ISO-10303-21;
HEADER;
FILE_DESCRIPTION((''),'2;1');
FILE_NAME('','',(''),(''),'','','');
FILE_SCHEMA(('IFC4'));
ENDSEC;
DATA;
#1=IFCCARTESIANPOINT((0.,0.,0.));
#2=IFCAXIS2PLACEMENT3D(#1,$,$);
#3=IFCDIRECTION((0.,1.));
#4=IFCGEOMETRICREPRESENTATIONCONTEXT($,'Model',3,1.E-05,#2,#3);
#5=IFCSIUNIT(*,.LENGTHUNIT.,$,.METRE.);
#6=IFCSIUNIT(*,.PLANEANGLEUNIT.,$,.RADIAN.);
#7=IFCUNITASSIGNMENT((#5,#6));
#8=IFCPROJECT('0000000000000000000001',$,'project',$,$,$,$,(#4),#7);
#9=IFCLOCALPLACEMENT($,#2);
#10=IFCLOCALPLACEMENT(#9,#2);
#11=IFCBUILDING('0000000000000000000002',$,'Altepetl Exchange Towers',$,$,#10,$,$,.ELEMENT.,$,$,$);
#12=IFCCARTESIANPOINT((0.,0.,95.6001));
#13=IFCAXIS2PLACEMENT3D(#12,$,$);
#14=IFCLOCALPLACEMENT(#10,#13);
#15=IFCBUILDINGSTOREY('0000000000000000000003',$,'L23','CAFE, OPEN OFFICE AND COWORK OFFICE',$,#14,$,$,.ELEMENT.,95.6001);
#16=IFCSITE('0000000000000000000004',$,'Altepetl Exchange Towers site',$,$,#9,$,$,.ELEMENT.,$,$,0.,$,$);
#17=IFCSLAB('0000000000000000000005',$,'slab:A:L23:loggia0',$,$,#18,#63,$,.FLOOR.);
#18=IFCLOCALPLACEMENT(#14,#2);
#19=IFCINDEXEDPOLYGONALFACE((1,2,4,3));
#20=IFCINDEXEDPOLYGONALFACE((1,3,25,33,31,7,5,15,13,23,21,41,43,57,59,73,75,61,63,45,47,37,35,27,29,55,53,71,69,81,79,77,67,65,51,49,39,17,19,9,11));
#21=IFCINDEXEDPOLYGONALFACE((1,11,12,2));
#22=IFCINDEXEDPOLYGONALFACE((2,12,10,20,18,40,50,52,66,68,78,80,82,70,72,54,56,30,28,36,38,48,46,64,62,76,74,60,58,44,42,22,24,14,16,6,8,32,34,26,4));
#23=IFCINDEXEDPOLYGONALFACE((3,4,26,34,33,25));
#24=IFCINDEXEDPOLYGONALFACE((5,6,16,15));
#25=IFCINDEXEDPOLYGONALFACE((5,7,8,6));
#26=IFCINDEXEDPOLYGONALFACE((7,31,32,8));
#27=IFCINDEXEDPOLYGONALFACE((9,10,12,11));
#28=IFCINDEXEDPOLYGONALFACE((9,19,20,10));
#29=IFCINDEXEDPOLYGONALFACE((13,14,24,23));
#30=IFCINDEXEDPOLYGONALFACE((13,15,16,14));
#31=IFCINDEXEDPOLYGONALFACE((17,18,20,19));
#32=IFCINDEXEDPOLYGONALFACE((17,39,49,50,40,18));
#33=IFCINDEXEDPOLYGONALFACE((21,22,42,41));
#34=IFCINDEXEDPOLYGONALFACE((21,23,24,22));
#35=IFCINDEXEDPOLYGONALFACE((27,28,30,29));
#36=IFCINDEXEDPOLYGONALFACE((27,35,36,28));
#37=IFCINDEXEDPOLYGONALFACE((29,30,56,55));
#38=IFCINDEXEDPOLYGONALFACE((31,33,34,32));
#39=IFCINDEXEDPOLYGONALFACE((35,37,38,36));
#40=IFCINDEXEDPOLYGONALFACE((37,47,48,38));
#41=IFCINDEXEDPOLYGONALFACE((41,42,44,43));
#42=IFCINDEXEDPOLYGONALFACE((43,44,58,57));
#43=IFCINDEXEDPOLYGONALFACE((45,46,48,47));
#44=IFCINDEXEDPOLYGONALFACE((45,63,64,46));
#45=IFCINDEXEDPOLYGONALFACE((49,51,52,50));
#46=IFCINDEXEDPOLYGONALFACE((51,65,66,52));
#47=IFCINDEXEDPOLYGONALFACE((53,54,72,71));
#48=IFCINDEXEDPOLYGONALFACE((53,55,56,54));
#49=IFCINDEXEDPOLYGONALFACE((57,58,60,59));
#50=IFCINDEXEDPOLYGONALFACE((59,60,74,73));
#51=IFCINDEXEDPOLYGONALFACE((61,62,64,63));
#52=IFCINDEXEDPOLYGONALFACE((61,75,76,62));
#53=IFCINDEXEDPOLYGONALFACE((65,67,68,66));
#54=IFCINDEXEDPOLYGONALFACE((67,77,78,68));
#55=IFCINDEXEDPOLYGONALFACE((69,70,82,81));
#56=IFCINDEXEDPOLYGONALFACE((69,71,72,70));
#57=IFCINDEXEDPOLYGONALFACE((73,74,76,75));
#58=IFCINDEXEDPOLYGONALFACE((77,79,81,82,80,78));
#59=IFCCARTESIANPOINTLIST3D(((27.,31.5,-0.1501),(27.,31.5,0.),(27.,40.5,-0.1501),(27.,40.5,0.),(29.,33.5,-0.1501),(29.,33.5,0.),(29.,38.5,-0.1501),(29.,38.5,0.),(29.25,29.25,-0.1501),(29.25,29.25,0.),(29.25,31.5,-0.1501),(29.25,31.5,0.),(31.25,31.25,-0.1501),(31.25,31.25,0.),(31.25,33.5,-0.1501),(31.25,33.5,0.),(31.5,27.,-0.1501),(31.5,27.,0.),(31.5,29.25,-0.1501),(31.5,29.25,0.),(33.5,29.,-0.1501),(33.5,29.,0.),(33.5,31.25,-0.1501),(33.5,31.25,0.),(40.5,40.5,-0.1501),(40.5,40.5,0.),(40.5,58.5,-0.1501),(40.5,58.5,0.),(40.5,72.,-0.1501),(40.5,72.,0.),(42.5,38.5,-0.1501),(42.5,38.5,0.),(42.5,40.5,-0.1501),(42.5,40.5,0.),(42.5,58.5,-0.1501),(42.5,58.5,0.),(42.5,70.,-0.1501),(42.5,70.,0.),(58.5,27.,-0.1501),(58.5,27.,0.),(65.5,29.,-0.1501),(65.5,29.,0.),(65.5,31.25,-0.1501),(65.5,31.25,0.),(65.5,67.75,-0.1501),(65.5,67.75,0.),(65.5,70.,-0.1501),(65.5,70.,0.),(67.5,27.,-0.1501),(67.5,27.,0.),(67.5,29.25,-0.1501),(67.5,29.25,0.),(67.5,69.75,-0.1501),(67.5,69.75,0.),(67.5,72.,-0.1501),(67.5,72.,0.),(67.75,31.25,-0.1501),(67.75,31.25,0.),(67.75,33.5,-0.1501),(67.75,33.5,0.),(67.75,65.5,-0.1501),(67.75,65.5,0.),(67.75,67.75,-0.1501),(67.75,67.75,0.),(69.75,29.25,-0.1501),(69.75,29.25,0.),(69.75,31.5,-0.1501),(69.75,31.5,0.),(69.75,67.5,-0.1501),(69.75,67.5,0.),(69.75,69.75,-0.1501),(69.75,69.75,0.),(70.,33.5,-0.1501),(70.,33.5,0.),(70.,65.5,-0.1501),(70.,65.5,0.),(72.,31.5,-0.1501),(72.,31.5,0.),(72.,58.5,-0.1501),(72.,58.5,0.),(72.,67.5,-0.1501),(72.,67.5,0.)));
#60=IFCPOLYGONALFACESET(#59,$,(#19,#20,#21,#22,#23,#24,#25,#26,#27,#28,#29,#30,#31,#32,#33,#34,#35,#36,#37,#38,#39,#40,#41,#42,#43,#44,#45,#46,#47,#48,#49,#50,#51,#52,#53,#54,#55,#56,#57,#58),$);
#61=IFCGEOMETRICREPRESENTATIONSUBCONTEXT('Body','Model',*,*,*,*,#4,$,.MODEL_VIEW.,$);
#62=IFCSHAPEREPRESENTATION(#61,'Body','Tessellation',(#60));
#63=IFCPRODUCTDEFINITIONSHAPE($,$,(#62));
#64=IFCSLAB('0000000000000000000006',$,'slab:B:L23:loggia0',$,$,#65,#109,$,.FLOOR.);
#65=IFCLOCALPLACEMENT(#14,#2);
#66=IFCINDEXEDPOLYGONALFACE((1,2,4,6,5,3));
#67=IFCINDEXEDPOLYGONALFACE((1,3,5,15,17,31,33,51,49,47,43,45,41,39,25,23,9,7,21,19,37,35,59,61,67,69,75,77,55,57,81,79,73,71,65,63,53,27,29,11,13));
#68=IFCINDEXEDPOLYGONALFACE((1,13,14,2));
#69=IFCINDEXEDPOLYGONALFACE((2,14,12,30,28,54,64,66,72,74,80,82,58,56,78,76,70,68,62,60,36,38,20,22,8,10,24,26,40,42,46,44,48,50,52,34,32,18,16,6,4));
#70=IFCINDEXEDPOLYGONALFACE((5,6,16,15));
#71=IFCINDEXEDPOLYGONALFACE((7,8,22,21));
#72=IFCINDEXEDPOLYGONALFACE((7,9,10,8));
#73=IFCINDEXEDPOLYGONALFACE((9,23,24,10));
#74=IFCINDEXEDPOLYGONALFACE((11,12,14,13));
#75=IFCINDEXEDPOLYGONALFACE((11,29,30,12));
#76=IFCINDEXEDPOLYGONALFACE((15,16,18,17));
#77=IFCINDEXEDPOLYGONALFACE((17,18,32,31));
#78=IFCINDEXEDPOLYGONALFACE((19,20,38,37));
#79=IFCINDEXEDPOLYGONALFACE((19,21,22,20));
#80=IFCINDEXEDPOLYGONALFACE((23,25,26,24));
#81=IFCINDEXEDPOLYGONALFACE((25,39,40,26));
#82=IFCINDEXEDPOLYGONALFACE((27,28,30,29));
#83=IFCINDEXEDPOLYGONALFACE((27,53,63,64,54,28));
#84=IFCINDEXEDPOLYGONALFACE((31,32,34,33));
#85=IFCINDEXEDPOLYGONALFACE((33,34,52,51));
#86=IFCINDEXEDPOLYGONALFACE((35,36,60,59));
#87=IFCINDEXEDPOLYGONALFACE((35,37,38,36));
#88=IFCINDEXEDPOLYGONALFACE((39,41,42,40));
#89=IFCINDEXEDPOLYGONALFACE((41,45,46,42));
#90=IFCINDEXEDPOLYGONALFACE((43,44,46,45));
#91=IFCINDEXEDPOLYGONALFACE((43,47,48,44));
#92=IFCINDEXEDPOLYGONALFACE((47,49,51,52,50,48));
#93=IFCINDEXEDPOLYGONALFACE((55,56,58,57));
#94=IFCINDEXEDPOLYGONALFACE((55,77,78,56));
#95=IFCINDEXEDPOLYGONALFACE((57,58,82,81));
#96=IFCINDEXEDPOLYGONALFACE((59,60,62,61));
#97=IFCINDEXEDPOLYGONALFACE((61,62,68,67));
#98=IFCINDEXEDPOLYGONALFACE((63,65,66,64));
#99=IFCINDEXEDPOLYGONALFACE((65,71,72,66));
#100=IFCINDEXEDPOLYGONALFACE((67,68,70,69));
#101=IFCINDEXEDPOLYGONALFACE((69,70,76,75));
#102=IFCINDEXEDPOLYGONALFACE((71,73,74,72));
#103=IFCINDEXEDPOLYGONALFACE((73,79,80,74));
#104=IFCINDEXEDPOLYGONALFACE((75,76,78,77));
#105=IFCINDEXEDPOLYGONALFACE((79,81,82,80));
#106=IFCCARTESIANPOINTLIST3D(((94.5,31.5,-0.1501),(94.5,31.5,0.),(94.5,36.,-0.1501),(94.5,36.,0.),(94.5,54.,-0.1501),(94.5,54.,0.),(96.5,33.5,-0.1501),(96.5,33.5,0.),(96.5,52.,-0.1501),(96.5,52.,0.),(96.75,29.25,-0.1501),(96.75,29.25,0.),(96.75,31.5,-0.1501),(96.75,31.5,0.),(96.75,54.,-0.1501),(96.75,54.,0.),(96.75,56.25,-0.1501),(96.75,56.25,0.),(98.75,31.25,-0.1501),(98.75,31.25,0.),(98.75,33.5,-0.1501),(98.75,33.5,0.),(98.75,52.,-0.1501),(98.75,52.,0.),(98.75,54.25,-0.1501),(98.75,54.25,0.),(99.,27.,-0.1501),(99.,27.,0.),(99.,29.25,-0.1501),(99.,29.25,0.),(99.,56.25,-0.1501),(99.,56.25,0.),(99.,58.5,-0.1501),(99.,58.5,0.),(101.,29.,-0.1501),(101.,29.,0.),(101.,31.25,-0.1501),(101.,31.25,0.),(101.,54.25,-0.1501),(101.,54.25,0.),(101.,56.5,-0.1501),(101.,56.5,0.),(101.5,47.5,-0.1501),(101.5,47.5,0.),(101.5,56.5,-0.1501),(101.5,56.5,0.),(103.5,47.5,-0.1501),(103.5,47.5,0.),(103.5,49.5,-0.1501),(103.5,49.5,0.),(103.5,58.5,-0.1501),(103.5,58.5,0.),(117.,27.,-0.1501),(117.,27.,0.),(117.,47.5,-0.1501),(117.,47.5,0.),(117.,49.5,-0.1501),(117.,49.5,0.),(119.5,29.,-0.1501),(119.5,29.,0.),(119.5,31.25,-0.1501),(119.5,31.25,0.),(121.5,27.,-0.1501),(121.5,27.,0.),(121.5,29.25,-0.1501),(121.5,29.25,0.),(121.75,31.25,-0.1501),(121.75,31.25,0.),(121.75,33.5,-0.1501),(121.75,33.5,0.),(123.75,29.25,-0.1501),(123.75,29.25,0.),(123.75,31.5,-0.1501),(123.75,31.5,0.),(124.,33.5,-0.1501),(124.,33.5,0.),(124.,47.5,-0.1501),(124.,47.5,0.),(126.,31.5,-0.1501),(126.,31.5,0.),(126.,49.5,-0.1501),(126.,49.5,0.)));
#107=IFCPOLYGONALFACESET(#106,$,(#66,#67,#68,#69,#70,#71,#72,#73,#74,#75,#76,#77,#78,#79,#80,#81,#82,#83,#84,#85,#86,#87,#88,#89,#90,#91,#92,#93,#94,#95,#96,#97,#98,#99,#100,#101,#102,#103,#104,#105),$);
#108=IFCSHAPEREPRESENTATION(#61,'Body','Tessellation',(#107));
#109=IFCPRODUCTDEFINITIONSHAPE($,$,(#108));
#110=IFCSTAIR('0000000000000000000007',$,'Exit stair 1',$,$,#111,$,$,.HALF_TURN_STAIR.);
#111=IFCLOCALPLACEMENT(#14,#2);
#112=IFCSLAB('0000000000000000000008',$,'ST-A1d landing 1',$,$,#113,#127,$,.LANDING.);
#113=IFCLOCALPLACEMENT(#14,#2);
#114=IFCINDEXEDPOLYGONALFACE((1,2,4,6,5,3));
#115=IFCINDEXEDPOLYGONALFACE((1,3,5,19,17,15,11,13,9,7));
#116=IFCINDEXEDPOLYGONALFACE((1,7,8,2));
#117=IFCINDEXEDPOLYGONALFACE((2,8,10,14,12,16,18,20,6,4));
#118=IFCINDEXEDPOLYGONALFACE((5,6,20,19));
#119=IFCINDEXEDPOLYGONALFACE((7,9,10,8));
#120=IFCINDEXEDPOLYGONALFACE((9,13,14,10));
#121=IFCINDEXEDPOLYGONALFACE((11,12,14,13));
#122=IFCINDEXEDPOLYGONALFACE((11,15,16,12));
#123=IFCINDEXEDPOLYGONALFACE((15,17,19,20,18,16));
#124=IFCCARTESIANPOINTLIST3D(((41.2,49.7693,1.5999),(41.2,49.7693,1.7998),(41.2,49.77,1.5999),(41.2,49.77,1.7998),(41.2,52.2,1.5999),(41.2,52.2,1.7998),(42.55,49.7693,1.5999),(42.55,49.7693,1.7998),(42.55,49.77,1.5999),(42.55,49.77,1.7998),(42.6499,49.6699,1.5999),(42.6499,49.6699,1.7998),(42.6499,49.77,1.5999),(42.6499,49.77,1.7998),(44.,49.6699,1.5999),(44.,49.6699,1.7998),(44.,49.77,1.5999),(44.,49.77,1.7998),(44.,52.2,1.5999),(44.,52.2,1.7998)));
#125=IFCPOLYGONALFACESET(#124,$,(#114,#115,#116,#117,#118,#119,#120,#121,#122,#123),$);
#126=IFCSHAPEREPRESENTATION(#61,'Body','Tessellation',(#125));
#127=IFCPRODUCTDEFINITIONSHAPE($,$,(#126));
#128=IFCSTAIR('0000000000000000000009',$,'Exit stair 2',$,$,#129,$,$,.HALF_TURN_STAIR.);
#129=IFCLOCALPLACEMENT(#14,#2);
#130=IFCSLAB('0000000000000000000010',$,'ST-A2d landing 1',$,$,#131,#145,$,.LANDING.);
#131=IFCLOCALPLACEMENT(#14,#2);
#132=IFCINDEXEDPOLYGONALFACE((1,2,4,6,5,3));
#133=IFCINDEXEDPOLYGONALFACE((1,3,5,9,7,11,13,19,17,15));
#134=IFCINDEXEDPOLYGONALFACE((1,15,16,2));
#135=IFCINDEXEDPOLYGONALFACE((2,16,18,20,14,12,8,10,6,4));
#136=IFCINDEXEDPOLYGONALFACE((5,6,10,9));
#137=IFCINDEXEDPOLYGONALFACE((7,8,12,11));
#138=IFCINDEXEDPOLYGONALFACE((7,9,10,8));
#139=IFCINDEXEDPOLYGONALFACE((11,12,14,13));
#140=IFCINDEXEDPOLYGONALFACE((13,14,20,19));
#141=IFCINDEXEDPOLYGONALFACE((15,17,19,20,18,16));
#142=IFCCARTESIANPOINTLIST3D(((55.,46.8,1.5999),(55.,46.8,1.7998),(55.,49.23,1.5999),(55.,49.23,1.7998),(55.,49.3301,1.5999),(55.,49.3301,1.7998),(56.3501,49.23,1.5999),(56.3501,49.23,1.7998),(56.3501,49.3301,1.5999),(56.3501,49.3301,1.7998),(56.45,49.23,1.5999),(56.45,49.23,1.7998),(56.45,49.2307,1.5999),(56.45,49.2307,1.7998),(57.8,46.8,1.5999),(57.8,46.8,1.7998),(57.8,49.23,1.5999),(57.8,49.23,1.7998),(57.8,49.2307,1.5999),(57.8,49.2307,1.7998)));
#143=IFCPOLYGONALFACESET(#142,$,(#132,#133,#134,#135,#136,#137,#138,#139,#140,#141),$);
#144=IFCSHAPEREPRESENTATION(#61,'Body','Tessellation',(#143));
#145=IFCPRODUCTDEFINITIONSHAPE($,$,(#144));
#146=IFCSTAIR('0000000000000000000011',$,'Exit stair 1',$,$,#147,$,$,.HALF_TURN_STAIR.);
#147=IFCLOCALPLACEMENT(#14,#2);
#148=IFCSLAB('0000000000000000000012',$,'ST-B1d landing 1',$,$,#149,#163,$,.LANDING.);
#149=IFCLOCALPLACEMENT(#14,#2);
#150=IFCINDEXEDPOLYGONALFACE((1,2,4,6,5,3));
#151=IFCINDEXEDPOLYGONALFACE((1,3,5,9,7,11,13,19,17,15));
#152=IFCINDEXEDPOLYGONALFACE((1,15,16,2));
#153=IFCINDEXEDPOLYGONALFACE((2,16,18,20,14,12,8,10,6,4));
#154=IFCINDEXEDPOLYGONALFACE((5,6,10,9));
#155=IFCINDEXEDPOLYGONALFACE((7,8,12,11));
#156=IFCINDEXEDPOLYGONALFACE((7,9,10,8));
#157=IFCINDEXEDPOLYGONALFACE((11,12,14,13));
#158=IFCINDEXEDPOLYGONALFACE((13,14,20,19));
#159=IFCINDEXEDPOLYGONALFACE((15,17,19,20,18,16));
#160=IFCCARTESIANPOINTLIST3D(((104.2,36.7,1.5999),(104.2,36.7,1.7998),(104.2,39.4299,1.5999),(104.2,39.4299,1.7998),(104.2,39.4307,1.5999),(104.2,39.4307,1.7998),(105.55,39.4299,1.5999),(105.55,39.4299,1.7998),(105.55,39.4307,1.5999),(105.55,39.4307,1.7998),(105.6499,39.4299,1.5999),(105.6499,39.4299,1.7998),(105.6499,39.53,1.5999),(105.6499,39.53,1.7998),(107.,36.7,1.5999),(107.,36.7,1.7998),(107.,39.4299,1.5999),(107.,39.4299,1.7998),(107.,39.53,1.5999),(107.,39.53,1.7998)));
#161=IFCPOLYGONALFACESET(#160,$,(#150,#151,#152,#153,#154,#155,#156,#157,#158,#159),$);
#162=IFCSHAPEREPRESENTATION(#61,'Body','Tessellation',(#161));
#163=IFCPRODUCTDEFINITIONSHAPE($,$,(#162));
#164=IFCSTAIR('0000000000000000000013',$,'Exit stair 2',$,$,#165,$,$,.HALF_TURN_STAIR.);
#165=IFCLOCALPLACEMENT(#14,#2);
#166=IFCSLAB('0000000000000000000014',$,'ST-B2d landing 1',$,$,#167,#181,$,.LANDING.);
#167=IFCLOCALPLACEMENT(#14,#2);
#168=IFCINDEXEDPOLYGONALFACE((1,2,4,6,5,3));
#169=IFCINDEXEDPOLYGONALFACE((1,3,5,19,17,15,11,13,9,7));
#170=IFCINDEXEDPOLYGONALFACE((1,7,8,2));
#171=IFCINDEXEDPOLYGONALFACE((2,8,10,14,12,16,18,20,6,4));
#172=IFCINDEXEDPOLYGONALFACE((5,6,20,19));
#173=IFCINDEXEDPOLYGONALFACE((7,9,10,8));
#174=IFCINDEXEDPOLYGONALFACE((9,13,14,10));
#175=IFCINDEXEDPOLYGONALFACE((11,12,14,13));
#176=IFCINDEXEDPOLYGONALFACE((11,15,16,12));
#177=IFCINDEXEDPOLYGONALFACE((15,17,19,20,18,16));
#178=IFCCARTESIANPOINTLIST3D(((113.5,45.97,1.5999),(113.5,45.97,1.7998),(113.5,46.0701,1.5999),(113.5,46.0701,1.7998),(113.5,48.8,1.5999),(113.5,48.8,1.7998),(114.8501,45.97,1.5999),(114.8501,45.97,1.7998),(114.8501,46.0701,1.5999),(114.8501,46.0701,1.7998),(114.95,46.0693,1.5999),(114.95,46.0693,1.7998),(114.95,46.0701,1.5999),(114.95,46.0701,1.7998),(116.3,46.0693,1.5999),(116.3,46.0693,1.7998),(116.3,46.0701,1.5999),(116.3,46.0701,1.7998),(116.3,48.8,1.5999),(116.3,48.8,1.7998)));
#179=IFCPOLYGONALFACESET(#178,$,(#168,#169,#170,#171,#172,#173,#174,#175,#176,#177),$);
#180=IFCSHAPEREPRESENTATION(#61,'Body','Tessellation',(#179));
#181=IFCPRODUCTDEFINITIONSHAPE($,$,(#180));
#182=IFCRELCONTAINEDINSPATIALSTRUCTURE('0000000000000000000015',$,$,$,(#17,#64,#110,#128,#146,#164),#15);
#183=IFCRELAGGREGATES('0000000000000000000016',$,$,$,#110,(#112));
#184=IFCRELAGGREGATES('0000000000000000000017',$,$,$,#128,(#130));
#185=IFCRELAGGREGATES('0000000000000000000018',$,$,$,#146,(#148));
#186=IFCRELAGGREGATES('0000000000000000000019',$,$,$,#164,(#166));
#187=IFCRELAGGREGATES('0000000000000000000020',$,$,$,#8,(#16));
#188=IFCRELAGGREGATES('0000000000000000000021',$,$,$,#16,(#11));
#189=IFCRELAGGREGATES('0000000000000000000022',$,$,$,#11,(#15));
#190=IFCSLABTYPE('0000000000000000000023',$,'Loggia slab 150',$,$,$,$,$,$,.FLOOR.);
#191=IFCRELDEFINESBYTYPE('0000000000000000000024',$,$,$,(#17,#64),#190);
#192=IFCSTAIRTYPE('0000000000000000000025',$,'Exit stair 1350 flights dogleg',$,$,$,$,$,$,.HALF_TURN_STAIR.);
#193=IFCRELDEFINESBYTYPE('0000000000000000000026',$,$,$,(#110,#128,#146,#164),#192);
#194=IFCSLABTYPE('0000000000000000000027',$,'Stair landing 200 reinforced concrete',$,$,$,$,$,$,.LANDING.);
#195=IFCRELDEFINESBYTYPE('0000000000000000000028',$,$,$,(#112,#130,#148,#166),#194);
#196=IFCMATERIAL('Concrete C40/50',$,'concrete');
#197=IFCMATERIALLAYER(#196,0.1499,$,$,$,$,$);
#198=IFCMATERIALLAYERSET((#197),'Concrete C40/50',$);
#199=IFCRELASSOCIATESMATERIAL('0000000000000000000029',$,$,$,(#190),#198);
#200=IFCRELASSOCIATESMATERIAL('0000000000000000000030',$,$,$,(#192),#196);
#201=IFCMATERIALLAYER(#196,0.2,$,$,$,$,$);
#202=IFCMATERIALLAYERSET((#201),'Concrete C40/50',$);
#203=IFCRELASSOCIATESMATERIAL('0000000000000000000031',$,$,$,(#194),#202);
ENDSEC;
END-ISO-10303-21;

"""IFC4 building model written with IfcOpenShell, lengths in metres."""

from ifc_helpers import new_model, si_unit, direction, frame, origin, place, context, subcontext, project, spatial, polyline, outline, extrude, material, layer, layer_set, type_object, element, aggregate, save


model = new_model("IFC4")

# Units and contexts
model_context = context("Model", 3, precision=1e-05, world=origin(), true_north=direction((0.0, 1.0)))
body_context = subcontext(model_context, "Body", "Model", "MODEL_VIEW")
ifc_project = project(units=[si_unit("LENGTHUNIT", "METRE"), si_unit("PLANEANGLEUNIT", "RADIAN")], contexts=[model_context])

# Site, building, storey
site_placement = place(None, origin())
site = spatial("IfcSite", under=ifc_project, at=site_placement, Name="Altepetl Exchange Towers site", CompositionType="ELEMENT", RefElevation=0.0)
building_placement = place(site_placement, origin())
building = spatial("IfcBuilding", under=site, at=building_placement, Name="Altepetl Exchange Towers", CompositionType="ELEMENT")
storey_placement = place(building_placement, frame((0.0, 0.0, 95.6001)))
storey = spatial("IfcBuildingStorey", under=building, at=storey_placement, Name="L23", Description="CAFE, OPEN OFFICE AND COWORK OFFICE", CompositionType="ELEMENT", Elevation=95.6001)

# Slabs
ifc_material_1 = material(Name="Concrete C40/50", Category="concrete")
ifc_layer_1 = layer(ifc_material_1, 0.1499)
ifc_layer_set_1 = layer_set([ifc_layer_1], Name="Concrete C40/50")
slab_type_1 = type_object("IfcSlabType", Name="Loggia slab 150", PredefinedType="FLOOR", material=ifc_layer_set_1)
slab_1_placement = place(storey_placement, frame((0.0, 0.0, -0.1501)))
element("IfcSlab", 1, at=slab_1_placement, inside=storey, type_object=slab_type_1, Name="slab:A:L23:loggia0", PredefinedType="FLOOR", context=body_context, shape_type="SweptSolid", body=[
    extrude(outline(polyline([(40.5, 72.0), (40.5, 58.5), (42.5, 58.5), (42.5, 70.0), (65.5, 70.0), (65.5, 67.75), (67.75, 67.75), (67.75, 65.5), (70.0, 65.5), (70.0, 33.5), (67.75, 33.5), (67.75, 31.25), (65.5, 31.25), (65.5, 29.0), (33.5, 29.0), (33.5, 31.25), (31.25, 31.25), (31.25, 33.5), (29.0, 33.5), (29.0, 38.5), (42.5, 38.5), (42.5, 40.5), (40.5, 40.5), (27.0, 40.5), (27.0, 31.5), (29.25, 31.5), (29.25, 29.25), (31.5, 29.25), (31.5, 27.0), (58.5, 27.0), (67.5, 27.0), (67.5, 29.25), (69.75, 29.25), (69.75, 31.5), (72.0, 31.5), (72.0, 58.5), (72.0, 67.5), (69.75, 67.5), (69.75, 69.75), (67.5, 69.75), (67.5, 72.0), (40.5, 72.0)])), origin(), (0.0, 0.0, 1.0), 0.1501),
])
slab_2_placement = place(storey_placement, frame((0.0, 0.0, -0.1501)))
element("IfcSlab", 2, at=slab_2_placement, inside=storey, type_object=slab_type_1, Name="slab:B:L23:loggia0", PredefinedType="FLOOR", context=body_context, shape_type="SweptSolid", body=[
    extrude(outline(polyline([(96.75, 54.0), (94.5, 54.0), (94.5, 36.0), (94.5, 31.5), (96.75, 31.5), (96.75, 29.25), (99.0, 29.25), (99.0, 27.0), (117.0, 27.0), (121.5, 27.0), (121.5, 29.25), (123.75, 29.25), (123.75, 31.5), (126.0, 31.5), (126.0, 49.5), (117.0, 49.5), (117.0, 47.5), (124.0, 47.5), (124.0, 33.5), (121.75, 33.5), (121.75, 31.25), (119.5, 31.25), (119.5, 29.0), (101.0, 29.0), (101.0, 31.25), (98.75, 31.25), (98.75, 33.5), (96.5, 33.5), (96.5, 52.0), (98.75, 52.0), (98.75, 54.25), (101.0, 54.25), (101.0, 56.5), (101.5, 56.5), (101.5, 47.5), (103.5, 47.5), (103.5, 49.5), (103.5, 58.5), (99.0, 58.5), (99.0, 56.25), (96.75, 56.25), (96.75, 54.0)])), origin(), (0.0, 0.0, 1.0), 0.1501),
])

# Stairs, slabs
stair_type = type_object("IfcStairType", Name="Exit stair 1350 flights dogleg", PredefinedType="HALF_TURN_STAIR", material=ifc_material_1)
stair_1_placement = place(storey_placement, origin())
stair_1 = element("IfcStair", 3, at=stair_1_placement, inside=storey, type_object=stair_type, Name="Exit stair 1", PredefinedType="HALF_TURN_STAIR")
ifc_layer_2 = layer(ifc_material_1, 0.2)
ifc_layer_set_2 = layer_set([ifc_layer_2], Name="Concrete C40/50")
slab_type_2 = type_object("IfcSlabType", Name="Stair landing 200 reinforced concrete", PredefinedType="LANDING", material=ifc_layer_set_2)
slab_3_placement = place(storey_placement, frame((0.0, 0.0, 1.5999)))
slab_3 = element("IfcSlab", 4, at=slab_3_placement, type_object=slab_type_2, Name="ST-A1d landing 1", PredefinedType="LANDING", context=body_context, shape_type="SweptSolid", body=[
    extrude(outline(polyline([(44.0, 49.6699), (42.6499, 49.6699), (42.6499, 49.77), (42.55, 49.77), (42.55, 49.7693), (41.2, 49.7693), (41.2, 49.77), (41.2, 52.2), (44.0, 52.2), (44.0, 49.77), (44.0, 49.6699)])), origin(), (0.0, 0.0, 1.0), 0.2),
])
aggregate(stair_1, [slab_3])
stair_2_placement = place(storey_placement, origin())
stair_2 = element("IfcStair", 5, at=stair_2_placement, inside=storey, type_object=stair_type, Name="Exit stair 2", PredefinedType="HALF_TURN_STAIR")
slab_4_placement = place(storey_placement, frame((0.0, 0.0, 1.5999)))
slab_4 = element("IfcSlab", 6, at=slab_4_placement, type_object=slab_type_2, Name="ST-A2d landing 1", PredefinedType="LANDING", context=body_context, shape_type="SweptSolid", body=[
    extrude(outline(polyline([(57.8, 46.8), (55.0, 46.8), (55.0, 49.23), (55.0, 49.3301), (56.3501, 49.3301), (56.3501, 49.23), (56.45, 49.23), (56.45, 49.2307), (57.8, 49.2307), (57.8, 49.23), (57.8, 46.8)])), origin(), (0.0, 0.0, 1.0), 0.2),
])
aggregate(stair_2, [slab_4])
stair_3_placement = place(storey_placement, origin())
stair_3 = element("IfcStair", 7, at=stair_3_placement, inside=storey, type_object=stair_type, Name="Exit stair 1", PredefinedType="HALF_TURN_STAIR")
slab_5_placement = place(storey_placement, frame((0.0, 0.0, 1.5999)))
slab_5 = element("IfcSlab", 8, at=slab_5_placement, type_object=slab_type_2, Name="ST-B1d landing 1", PredefinedType="LANDING", context=body_context, shape_type="SweptSolid", body=[
    extrude(outline(polyline([(107.0, 36.7), (104.2, 36.7), (104.2, 39.4299), (104.2, 39.4307), (105.55, 39.4307), (105.55, 39.4299), (105.6499, 39.4299), (105.6499, 39.53), (107.0, 39.53), (107.0, 39.4299), (107.0, 36.7)])), origin(), (0.0, 0.0, 1.0), 0.2),
])
aggregate(stair_3, [slab_5])
stair_4_placement = place(storey_placement, origin())
stair_4 = element("IfcStair", 9, at=stair_4_placement, inside=storey, type_object=stair_type, Name="Exit stair 2", PredefinedType="HALF_TURN_STAIR")
slab_6_placement = place(storey_placement, frame((0.0, 0.0, 1.5999)))
slab_6 = element("IfcSlab", 10, at=slab_6_placement, type_object=slab_type_2, Name="ST-B2d landing 1", PredefinedType="LANDING", context=body_context, shape_type="SweptSolid", body=[
    extrude(outline(polyline([(114.8501, 45.97), (113.5, 45.97), (113.5, 46.0701), (113.5, 48.8), (116.3, 48.8), (116.3, 46.0701), (116.3, 46.0693), (114.95, 46.0693), (114.95, 46.0701), (114.8501, 46.0701), (114.8501, 45.97)])), origin(), (0.0, 0.0, 1.0), 0.2),
])
aggregate(stair_4, [slab_6])

save(model, "model.ifc")
